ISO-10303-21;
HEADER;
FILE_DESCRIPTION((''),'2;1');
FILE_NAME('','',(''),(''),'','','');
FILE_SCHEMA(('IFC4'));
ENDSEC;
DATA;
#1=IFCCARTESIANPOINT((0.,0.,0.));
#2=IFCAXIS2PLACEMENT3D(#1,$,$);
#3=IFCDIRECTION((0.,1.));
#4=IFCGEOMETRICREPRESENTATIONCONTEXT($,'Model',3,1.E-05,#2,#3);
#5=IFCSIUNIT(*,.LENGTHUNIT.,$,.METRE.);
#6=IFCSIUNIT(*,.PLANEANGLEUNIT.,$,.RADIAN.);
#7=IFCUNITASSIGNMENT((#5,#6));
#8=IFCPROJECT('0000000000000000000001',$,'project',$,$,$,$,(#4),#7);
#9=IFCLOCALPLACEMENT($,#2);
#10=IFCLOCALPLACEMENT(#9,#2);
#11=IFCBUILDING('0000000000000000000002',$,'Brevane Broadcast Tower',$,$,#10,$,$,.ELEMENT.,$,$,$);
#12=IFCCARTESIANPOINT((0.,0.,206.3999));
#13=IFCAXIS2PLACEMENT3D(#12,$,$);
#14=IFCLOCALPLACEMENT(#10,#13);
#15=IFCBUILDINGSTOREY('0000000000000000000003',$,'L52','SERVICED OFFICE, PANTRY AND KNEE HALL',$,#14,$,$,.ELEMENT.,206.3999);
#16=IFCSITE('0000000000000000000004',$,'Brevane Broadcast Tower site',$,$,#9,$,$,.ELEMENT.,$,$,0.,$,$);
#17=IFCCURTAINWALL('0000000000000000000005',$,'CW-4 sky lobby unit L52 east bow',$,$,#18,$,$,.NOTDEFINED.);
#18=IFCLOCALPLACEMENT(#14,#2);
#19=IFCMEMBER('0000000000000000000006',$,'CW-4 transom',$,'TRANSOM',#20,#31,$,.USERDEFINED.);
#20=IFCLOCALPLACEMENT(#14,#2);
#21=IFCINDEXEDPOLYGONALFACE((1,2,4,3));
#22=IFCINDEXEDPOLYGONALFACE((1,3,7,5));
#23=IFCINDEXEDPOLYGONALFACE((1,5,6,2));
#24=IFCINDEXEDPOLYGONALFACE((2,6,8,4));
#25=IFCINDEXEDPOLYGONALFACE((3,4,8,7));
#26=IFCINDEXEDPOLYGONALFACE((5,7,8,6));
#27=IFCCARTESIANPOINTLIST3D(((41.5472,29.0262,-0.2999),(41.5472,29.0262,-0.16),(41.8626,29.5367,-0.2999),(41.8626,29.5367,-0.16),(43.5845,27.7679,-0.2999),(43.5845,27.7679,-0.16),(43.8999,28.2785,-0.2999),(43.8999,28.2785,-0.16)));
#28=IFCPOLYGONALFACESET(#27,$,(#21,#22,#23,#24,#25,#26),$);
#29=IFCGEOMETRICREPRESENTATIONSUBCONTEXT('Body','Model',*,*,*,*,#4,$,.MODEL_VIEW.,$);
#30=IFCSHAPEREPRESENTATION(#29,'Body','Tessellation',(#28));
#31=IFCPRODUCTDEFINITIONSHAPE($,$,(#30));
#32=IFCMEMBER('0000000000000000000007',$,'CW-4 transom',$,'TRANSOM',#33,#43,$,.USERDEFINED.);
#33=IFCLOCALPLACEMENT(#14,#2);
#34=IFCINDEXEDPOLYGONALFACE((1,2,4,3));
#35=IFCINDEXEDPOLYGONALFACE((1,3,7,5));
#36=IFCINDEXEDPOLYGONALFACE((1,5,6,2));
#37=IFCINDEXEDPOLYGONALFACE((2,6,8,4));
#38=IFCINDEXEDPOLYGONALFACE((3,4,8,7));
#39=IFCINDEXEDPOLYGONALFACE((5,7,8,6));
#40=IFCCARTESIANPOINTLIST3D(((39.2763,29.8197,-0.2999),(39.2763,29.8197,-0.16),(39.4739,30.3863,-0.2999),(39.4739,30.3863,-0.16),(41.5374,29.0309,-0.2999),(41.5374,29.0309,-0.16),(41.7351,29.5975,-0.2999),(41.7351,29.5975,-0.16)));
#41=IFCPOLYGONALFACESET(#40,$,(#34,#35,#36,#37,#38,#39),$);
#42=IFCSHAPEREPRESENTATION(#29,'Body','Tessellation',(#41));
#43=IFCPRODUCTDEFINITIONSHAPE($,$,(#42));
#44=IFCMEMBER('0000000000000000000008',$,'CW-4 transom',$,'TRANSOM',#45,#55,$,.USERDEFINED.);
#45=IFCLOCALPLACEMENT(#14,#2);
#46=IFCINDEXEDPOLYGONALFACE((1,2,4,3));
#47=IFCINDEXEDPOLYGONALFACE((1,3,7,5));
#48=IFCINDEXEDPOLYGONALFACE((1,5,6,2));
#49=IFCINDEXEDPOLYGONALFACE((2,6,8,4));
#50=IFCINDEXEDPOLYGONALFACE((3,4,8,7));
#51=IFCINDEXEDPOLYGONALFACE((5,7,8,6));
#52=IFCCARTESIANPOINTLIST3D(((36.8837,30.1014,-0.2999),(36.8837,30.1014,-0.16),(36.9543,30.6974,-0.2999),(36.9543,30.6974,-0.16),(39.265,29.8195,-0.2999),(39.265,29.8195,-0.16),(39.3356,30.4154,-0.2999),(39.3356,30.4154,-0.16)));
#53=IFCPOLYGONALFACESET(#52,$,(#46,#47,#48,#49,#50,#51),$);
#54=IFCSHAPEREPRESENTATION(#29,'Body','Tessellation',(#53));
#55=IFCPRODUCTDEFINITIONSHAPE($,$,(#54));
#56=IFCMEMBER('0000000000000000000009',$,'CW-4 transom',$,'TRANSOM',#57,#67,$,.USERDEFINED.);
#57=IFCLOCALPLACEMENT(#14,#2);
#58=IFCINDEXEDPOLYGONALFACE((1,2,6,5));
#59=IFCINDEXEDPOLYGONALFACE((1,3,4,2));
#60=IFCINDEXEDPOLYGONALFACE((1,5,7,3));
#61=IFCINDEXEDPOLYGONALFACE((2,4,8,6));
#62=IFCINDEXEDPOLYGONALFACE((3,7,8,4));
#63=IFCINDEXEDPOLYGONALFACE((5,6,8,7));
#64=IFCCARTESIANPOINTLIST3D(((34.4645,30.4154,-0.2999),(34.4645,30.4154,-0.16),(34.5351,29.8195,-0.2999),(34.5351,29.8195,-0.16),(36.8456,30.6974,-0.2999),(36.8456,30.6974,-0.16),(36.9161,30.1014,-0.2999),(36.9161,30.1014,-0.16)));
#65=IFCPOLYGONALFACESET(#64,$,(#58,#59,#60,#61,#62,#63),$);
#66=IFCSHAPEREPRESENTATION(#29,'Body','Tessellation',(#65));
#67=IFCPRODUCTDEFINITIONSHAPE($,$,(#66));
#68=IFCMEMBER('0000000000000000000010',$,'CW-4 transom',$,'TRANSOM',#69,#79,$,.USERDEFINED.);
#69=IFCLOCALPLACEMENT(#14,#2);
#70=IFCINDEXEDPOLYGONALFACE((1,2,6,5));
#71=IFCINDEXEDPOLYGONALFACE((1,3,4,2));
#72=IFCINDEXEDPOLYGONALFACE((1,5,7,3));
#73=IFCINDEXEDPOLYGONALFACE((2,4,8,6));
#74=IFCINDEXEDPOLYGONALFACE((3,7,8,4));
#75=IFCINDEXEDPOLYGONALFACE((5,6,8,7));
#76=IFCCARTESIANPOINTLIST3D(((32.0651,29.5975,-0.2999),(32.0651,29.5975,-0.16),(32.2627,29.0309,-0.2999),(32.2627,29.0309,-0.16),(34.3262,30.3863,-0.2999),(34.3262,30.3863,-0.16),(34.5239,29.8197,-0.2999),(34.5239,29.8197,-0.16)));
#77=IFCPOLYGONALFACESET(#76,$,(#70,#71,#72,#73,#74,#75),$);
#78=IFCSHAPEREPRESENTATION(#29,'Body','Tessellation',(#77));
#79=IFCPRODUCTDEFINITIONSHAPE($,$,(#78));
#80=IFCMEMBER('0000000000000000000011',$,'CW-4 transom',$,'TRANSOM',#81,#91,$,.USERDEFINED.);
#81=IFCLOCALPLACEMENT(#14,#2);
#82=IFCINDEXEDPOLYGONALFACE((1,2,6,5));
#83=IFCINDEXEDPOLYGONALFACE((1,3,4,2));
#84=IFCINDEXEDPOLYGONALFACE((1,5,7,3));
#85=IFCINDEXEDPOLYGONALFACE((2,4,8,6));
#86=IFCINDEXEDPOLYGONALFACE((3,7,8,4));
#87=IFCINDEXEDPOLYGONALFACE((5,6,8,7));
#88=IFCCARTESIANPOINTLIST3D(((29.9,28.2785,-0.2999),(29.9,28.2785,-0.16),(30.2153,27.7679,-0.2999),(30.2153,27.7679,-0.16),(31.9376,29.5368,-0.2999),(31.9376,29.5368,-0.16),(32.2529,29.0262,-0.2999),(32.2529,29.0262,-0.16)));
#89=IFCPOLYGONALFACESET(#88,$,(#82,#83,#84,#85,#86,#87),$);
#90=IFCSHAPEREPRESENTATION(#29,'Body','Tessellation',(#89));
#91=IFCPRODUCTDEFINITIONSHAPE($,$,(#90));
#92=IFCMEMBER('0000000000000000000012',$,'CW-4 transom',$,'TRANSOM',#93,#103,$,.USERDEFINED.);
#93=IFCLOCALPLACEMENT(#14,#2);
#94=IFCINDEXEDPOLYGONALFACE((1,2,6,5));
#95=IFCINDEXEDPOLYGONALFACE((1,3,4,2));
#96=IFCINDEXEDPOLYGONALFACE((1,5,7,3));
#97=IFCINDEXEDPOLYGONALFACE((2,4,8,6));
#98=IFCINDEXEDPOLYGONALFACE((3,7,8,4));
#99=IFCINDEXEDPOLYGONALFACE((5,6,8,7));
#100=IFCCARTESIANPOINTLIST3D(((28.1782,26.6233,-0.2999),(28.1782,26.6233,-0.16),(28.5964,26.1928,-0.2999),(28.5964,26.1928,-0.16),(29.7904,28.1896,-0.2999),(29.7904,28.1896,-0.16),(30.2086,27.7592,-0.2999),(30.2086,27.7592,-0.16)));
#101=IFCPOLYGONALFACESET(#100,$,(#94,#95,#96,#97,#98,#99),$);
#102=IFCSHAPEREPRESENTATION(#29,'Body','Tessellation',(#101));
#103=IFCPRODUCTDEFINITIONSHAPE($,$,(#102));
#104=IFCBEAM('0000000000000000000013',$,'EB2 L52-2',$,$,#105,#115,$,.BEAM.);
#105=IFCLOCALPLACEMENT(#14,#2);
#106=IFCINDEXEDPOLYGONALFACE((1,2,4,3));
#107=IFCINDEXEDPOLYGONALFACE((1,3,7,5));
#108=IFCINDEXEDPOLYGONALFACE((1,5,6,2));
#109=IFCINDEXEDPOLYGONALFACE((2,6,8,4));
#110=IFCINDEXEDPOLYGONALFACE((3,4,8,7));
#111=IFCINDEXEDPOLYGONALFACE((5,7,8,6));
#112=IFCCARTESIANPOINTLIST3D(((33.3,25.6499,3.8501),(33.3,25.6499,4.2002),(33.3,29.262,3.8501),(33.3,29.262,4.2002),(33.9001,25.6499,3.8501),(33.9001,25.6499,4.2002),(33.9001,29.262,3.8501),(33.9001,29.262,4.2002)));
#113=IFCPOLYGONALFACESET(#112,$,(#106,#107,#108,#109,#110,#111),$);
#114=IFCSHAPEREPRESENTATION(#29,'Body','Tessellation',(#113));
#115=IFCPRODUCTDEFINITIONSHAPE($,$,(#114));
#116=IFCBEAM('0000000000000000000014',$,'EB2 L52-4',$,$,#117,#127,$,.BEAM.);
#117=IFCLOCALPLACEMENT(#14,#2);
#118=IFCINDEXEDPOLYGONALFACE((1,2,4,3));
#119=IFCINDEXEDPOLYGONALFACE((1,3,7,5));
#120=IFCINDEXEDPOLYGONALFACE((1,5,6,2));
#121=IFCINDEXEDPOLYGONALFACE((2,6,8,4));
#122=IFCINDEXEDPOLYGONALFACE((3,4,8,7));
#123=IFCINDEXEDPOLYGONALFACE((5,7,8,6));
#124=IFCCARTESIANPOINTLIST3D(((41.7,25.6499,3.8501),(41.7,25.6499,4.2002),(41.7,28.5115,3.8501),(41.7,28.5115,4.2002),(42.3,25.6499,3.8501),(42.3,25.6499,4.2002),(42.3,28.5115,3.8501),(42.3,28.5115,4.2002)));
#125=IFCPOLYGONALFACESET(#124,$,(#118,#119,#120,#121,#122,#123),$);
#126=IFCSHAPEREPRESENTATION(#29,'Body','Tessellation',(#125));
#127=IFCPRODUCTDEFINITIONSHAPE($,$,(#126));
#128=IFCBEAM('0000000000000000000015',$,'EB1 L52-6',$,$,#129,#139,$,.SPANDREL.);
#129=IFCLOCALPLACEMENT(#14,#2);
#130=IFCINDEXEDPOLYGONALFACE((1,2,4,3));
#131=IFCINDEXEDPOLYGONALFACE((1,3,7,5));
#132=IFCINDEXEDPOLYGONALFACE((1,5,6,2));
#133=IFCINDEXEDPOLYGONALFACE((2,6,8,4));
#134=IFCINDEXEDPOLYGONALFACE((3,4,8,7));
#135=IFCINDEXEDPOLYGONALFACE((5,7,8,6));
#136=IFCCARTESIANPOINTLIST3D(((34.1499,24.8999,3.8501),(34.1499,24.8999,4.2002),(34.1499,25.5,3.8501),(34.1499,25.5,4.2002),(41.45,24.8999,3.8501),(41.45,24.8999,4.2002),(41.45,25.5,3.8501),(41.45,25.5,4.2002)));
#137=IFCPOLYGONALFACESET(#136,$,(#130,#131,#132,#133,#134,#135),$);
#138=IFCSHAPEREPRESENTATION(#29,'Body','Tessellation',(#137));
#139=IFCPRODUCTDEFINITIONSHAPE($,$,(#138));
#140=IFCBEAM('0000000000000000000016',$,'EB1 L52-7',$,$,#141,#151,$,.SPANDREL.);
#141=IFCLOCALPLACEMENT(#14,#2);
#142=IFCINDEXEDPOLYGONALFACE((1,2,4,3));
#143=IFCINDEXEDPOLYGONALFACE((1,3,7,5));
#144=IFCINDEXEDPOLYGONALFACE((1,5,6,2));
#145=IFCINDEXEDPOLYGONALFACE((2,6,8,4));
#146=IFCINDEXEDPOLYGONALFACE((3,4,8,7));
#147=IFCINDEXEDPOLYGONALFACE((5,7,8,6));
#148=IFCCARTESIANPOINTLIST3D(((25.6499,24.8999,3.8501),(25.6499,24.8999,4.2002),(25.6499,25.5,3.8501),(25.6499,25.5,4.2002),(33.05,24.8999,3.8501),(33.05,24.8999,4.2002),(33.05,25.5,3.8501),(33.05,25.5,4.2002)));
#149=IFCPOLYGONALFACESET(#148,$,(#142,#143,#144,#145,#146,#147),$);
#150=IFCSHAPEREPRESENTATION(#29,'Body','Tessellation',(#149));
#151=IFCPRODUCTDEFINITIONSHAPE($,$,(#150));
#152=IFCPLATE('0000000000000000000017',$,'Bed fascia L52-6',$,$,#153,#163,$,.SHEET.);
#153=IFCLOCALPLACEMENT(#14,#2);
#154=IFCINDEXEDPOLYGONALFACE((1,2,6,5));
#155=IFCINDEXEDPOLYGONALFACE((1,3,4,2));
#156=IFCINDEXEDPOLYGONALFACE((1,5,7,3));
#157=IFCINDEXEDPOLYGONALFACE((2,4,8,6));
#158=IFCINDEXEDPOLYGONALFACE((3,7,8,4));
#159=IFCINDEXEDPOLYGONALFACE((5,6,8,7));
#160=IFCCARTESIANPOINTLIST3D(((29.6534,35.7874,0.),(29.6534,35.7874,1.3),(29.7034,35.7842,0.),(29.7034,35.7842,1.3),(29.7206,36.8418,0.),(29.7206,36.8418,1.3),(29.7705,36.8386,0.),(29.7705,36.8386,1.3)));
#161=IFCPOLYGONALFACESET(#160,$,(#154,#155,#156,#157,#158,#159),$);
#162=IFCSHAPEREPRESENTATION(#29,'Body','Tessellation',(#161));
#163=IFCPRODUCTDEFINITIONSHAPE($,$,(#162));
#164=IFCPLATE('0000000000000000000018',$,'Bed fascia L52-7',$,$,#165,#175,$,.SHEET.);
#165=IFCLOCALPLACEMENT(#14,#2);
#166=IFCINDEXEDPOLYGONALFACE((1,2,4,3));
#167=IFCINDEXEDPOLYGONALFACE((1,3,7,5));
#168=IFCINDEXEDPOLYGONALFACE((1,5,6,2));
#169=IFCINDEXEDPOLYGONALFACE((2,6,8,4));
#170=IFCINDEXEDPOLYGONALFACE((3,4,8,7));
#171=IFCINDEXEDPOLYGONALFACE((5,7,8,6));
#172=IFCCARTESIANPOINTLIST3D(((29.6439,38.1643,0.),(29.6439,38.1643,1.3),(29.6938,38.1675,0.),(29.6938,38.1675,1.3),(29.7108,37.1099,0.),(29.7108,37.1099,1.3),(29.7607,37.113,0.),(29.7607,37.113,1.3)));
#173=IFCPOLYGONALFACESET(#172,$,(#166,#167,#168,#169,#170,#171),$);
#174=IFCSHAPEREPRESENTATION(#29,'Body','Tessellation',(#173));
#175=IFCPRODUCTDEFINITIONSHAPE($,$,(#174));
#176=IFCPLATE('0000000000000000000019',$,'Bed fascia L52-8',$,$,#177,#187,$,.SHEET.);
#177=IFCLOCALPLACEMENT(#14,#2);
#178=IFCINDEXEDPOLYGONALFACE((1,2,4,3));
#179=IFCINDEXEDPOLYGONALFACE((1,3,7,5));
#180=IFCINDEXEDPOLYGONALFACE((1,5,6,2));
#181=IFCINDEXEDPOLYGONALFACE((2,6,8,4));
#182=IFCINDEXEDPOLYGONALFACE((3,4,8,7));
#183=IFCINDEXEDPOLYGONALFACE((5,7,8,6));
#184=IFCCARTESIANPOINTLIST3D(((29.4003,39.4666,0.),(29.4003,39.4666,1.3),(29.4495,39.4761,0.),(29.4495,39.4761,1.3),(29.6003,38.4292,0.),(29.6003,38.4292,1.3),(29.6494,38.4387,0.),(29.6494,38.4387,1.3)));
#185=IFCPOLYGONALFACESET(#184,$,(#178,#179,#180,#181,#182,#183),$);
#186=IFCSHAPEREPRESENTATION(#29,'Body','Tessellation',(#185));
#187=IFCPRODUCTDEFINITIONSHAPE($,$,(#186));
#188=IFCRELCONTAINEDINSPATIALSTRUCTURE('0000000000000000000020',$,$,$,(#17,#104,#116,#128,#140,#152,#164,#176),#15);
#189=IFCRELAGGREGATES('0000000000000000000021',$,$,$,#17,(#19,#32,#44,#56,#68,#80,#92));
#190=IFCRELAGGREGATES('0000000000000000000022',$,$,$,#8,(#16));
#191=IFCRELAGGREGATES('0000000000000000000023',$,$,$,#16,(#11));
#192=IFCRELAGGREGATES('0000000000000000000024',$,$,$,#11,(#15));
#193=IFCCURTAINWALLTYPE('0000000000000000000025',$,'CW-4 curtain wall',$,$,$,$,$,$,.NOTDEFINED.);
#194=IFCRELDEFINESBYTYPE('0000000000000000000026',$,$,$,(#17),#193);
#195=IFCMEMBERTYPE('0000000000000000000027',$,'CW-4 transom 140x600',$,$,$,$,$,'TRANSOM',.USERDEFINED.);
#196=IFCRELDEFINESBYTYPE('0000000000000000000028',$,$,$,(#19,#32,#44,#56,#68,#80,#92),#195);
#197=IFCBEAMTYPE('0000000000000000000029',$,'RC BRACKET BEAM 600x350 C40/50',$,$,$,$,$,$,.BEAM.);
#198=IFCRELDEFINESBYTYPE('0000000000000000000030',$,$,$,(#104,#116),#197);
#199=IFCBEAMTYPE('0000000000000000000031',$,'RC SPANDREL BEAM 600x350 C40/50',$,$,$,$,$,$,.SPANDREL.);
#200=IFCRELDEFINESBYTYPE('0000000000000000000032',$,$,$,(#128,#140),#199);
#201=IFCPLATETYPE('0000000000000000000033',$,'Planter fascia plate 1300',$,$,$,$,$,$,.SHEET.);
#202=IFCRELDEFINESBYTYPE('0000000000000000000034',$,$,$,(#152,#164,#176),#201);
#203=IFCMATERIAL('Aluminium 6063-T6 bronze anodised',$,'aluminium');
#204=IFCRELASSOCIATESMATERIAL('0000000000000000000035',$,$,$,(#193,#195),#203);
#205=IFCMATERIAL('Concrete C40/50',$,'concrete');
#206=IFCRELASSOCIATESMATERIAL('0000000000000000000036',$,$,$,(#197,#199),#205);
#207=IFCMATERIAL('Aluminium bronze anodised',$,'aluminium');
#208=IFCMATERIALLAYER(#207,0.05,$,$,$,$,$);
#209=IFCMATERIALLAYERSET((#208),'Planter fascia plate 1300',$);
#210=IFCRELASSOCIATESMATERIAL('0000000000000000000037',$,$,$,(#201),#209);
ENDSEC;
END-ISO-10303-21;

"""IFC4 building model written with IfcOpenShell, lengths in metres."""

from ifc_helpers import new_model, si_unit, direction, frame, origin, origin_2d, place, context, subcontext, project, spatial, polyline, rectangle, outline, extrude, material, layer, layer_set, material_profile, profile_set, type_object, element, aggregate, save


model = new_model("IFC4")

# Units and contexts
model_context = context("Model", 3, precision=1e-05, world=origin(), true_north=direction((0.0, 1.0)))
body_context = subcontext(model_context, "Body", "Model", "MODEL_VIEW")
ifc_project = project(units=[si_unit("LENGTHUNIT", "METRE"), si_unit("PLANEANGLEUNIT", "RADIAN")], contexts=[model_context])

# Site, building, storey
site_placement = place(None, origin())
site = spatial("IfcSite", under=ifc_project, at=site_placement, Name="Brevane Broadcast Tower site", CompositionType="ELEMENT", RefElevation=0.0)
building_placement = place(site_placement, origin())
building = spatial("IfcBuilding", under=site, at=building_placement, Name="Brevane Broadcast Tower", CompositionType="ELEMENT")
storey_placement = place(building_placement, frame((0.0, 0.0, 206.3999)))
storey = spatial("IfcBuildingStorey", under=building, at=storey_placement, Name="L52", Description="SERVICED OFFICE, PANTRY AND KNEE HALL", CompositionType="ELEMENT", Elevation=206.3999)

# Shared definitions
ifc_material_1 = material(Name="Aluminium 6063-T6 bronze anodised", Category="aluminium")
curtain_wall_type = type_object("IfcCurtainWallType", Name="CW-4 curtain wall", PredefinedType="NOTDEFINED", material=ifc_material_1)

# Curtain wall
curtain_wall_1_placement = place(storey_placement, origin())
curtain_wall_1 = element("IfcCurtainWall", 1, at=curtain_wall_1_placement, inside=storey, type_object=curtain_wall_type, Name="CW-4 sky lobby unit L52 east bow", PredefinedType="NOTDEFINED")

# Members
ifc_material_profile_1 = material_profile(ifc_material_1, rectangle(XDim=0.6001, YDim=0.1399, at=origin_2d()), Name="RECT 140x600")
ifc_profile_set_1 = profile_set([ifc_material_profile_1], Name="Aluminium 6063-T6 bronze anodised")
member_type_1 = type_object("IfcMemberType", Name="CW-4 transom 140x600", ElementType="TRANSOM", PredefinedType="USERDEFINED", material=ifc_profile_set_1)
member_1_placement = place(storey_placement, frame((43.7422, 28.0232, -0.23), z_axis=(-0.85081, 0.525473, 0.0), x_axis=(-0.525473, -0.85081, 0.0)))
member_1 = element("IfcMember", 2, at=member_1_placement, type_object=member_type_1, Name="CW-4 transom", ObjectType="TRANSOM", PredefinedType="USERDEFINED", context=body_context, shape_type="SweptSolid", body=[
    extrude(rectangle(XDim=0.6001, YDim=0.1399, at=origin_2d()), origin(), (0.0, 0.0, 1.0), 2.3945),
])
member_2_placement = place(storey_placement, frame((41.6362, 29.3142, -0.23), z_axis=(-0.944198, 0.329378, 0.0), x_axis=(-0.329378, -0.944198, 0.0)))
member_2 = element("IfcMember", 3, at=member_2_placement, type_object=member_type_1, Name="CW-4 transom", ObjectType="TRANSOM", PredefinedType="USERDEFINED", context=body_context, shape_type="SweptSolid", body=[
    extrude(rectangle(XDim=0.6001, YDim=0.1399, at=origin_2d()), origin(), (0.0, 0.0, 1.0), 2.3948),
])
member_3_placement = place(storey_placement, frame((39.3003, 30.1174, -0.23), z_axis=(-0.993062, 0.117591, 0.0), x_axis=(-0.117591, -0.993062, 0.0)))
member_3 = element("IfcMember", 4, at=member_3_placement, type_object=member_type_1, Name="CW-4 transom", ObjectType="TRANSOM", PredefinedType="USERDEFINED", context=body_context, shape_type="SweptSolid", body=[
    extrude(rectangle(XDim=0.6001, YDim=0.1399, at=origin_2d()), origin(), (0.0, 0.0, 1.0), 2.3979),
])
member_4_placement = place(storey_placement, frame((36.8809, 30.3994, -0.23), z_axis=(-0.993061, -0.117603, 0.0), x_axis=(0.117603, -0.993061, 0.0)))
member_4 = element("IfcMember", 5, at=member_4_placement, type_object=member_type_1, Name="CW-4 transom", ObjectType="TRANSOM", PredefinedType="USERDEFINED", context=body_context, shape_type="SweptSolid", body=[
    extrude(rectangle(XDim=0.6001, YDim=0.1399, at=origin_2d()), origin(), (0.0, 0.0, 1.0), 2.3977),
])
member_5_placement = place(storey_placement, frame((34.425, 30.103, -0.23), z_axis=(-0.944198, -0.329378, 0.0), x_axis=(0.329378, -0.944198, 0.0)))
member_5 = element("IfcMember", 6, at=member_5_placement, type_object=member_type_1, Name="CW-4 transom", ObjectType="TRANSOM", PredefinedType="USERDEFINED", context=body_context, shape_type="SweptSolid", body=[
    extrude(rectangle(XDim=0.6001, YDim=0.1399, at=origin_2d()), origin(), (0.0, 0.0, 1.0), 2.3948),
])
member_6_placement = place(storey_placement, frame((32.0952, 29.2815, -0.23), z_axis=(-0.850838, -0.525428, 0.0), x_axis=(0.525428, -0.850838, 0.0)))
member_6 = element("IfcMember", 7, at=member_6_placement, type_object=member_type_1, Name="CW-4 transom", ObjectType="TRANSOM", PredefinedType="USERDEFINED", context=body_context, shape_type="SweptSolid", body=[
    extrude(rectangle(XDim=0.6001, YDim=0.1399, at=origin_2d()), origin(), (0.0, 0.0, 1.0), 2.3948),
])
member_7_placement = place(storey_placement, frame((29.9995, 27.9744, -0.23), z_axis=(-0.717242, -0.696824, 0.0), x_axis=(0.696824, -0.717242, 0.0)))
member_7 = element("IfcMember", 8, at=member_7_placement, type_object=member_type_1, Name="CW-4 transom", ObjectType="TRANSOM", PredefinedType="USERDEFINED", context=body_context, shape_type="SweptSolid", body=[
    extrude(rectangle(XDim=0.6001, YDim=0.1399, at=origin_2d()), origin(), (0.0, 0.0, 1.0), 2.2478),
])
aggregate(curtain_wall_1, [member_1, member_2, member_3, member_4, member_5, member_6, member_7])

# Beams
ifc_material_2 = material(Name="Concrete C40/50", Category="concrete")
ifc_material_profile_2 = material_profile(ifc_material_2, rectangle(XDim=0.6001, YDim=0.3501, at=origin_2d()), Name="RC 600x350")
ifc_profile_set_2 = profile_set([ifc_material_profile_2], Name="Concrete C40/50")
beam_type_1 = type_object("IfcBeamType", Name="RC BRACKET BEAM 600x350 C40/50", PredefinedType="BEAM", material=ifc_profile_set_2)
beam_1_placement = place(storey_placement, frame((33.6001, 25.6499, 4.0251), z_axis=(0.0, 1.0, 0.0), x_axis=(-1.0, 0.0, 0.0)))
element("IfcBeam", 9, at=beam_1_placement, inside=storey, type_object=beam_type_1, Name="EB2 L52-2", PredefinedType="BEAM", context=body_context, shape_type="SweptSolid", body=[
    extrude(rectangle(XDim=0.6001, YDim=0.3501, at=origin_2d()), origin(), (0.0, 0.0, 1.0), 3.6121),
])
beam_2_placement = place(storey_placement, frame((42.0, 25.6499, 4.0251), z_axis=(0.0, 1.0, 0.0), x_axis=(-1.0, 0.0, 0.0)))
element("IfcBeam", 10, at=beam_2_placement, inside=storey, type_object=beam_type_1, Name="EB2 L52-4", PredefinedType="BEAM", context=body_context, shape_type="SweptSolid", body=[
    extrude(rectangle(XDim=0.6001, YDim=0.3501, at=origin_2d()), origin(), (0.0, 0.0, 1.0), 2.8616),
])
ifc_material_profile_3 = material_profile(ifc_material_2, rectangle(XDim=0.6001, YDim=0.3501, at=origin_2d()), Name="RC 600x350")
ifc_profile_set_3 = profile_set([ifc_material_profile_3], Name="Concrete C40/50")
beam_type_2 = type_object("IfcBeamType", Name="RC SPANDREL BEAM 600x350 C40/50", PredefinedType="SPANDREL", material=ifc_profile_set_3)
beam_3_placement = place(storey_placement, frame((41.45, 25.2, 4.0251), z_axis=(-1.0, 0.0, 0.0), x_axis=(0.0, -1.0, 0.0)))
element("IfcBeam", 11, at=beam_3_placement, inside=storey, type_object=beam_type_2, Name="EB1 L52-6", PredefinedType="SPANDREL", context=body_context, shape_type="SweptSolid", body=[
    extrude(rectangle(XDim=0.6001, YDim=0.3501, at=origin_2d()), origin(), (0.0, 0.0, 1.0), 7.3),
])
beam_4_placement = place(storey_placement, frame((33.05, 25.2, 4.0251), z_axis=(-1.0, 0.0, 0.0), x_axis=(0.0, -1.0, 0.0)))
element("IfcBeam", 12, at=beam_4_placement, inside=storey, type_object=beam_type_2, Name="EB1 L52-7", PredefinedType="SPANDREL", context=body_context, shape_type="SweptSolid", body=[
    extrude(rectangle(XDim=0.6001, YDim=0.3501, at=origin_2d()), origin(), (0.0, 0.0, 1.0), 7.4001),
])

# Plates
ifc_material_3 = material(Name="Aluminium bronze anodised", Category="aluminium")
ifc_layer = layer(ifc_material_3, 0.05)
ifc_layer_set = layer_set([ifc_layer], Name="Planter fascia plate 1300")
plate_type = type_object("IfcPlateType", Name="Planter fascia plate 1300", PredefinedType="SHEET", material=ifc_layer_set)
plate_1_placement = place(storey_placement, frame((29.7034, 35.7842, 0.0), z_axis=(0.997979, -0.063543, 0.0), x_axis=(0.063543, 0.997979, 0.0)))
element("IfcPlate", 13, at=plate_1_placement, inside=storey, type_object=plate_type, Name="Bed fascia L52-6", PredefinedType="SHEET", context=body_context, shape_type="SweptSolid", body=[
    extrude(outline(polyline([(0.0, 0.0), (1.0566, 0.0), (1.0566, 1.3), (0.0, 1.3), (0.0, 0.0)])), origin(), (0.0, 0.0, -1.0), 0.05),
])
plate_2_placement = place(storey_placement, frame((29.7607, 37.113, 0.0), z_axis=(0.997994, 0.063313, 0.0), x_axis=(-0.063313, 0.997994, 0.0)))
element("IfcPlate", 14, at=plate_2_placement, inside=storey, type_object=plate_type, Name="Bed fascia L52-7", PredefinedType="SHEET", context=body_context, shape_type="SweptSolid", body=[
    extrude(outline(polyline([(0.0, 0.0), (1.0566, 0.0), (1.0566, 1.3), (0.0, 1.3), (0.0, 0.0)])), origin(), (0.0, 0.0, -1.0), 0.05),
])
plate_3_placement = place(storey_placement, frame((29.6494, 38.4387, 0.0), z_axis=(0.981926, 0.189267, 0.0), x_axis=(-0.189267, 0.981926, 0.0)))
element("IfcPlate", 15, at=plate_3_placement, inside=storey, type_object=plate_type, Name="Bed fascia L52-8", PredefinedType="SHEET", context=body_context, shape_type="SweptSolid", body=[
    extrude(outline(polyline([(0.0, 0.0), (1.0564, 0.0), (1.0564, 1.3), (0.0, 1.3), (0.0, 0.0)])), origin(), (0.0, 0.0, -1.0), 0.05),
])

save(model, "model.ifc")
